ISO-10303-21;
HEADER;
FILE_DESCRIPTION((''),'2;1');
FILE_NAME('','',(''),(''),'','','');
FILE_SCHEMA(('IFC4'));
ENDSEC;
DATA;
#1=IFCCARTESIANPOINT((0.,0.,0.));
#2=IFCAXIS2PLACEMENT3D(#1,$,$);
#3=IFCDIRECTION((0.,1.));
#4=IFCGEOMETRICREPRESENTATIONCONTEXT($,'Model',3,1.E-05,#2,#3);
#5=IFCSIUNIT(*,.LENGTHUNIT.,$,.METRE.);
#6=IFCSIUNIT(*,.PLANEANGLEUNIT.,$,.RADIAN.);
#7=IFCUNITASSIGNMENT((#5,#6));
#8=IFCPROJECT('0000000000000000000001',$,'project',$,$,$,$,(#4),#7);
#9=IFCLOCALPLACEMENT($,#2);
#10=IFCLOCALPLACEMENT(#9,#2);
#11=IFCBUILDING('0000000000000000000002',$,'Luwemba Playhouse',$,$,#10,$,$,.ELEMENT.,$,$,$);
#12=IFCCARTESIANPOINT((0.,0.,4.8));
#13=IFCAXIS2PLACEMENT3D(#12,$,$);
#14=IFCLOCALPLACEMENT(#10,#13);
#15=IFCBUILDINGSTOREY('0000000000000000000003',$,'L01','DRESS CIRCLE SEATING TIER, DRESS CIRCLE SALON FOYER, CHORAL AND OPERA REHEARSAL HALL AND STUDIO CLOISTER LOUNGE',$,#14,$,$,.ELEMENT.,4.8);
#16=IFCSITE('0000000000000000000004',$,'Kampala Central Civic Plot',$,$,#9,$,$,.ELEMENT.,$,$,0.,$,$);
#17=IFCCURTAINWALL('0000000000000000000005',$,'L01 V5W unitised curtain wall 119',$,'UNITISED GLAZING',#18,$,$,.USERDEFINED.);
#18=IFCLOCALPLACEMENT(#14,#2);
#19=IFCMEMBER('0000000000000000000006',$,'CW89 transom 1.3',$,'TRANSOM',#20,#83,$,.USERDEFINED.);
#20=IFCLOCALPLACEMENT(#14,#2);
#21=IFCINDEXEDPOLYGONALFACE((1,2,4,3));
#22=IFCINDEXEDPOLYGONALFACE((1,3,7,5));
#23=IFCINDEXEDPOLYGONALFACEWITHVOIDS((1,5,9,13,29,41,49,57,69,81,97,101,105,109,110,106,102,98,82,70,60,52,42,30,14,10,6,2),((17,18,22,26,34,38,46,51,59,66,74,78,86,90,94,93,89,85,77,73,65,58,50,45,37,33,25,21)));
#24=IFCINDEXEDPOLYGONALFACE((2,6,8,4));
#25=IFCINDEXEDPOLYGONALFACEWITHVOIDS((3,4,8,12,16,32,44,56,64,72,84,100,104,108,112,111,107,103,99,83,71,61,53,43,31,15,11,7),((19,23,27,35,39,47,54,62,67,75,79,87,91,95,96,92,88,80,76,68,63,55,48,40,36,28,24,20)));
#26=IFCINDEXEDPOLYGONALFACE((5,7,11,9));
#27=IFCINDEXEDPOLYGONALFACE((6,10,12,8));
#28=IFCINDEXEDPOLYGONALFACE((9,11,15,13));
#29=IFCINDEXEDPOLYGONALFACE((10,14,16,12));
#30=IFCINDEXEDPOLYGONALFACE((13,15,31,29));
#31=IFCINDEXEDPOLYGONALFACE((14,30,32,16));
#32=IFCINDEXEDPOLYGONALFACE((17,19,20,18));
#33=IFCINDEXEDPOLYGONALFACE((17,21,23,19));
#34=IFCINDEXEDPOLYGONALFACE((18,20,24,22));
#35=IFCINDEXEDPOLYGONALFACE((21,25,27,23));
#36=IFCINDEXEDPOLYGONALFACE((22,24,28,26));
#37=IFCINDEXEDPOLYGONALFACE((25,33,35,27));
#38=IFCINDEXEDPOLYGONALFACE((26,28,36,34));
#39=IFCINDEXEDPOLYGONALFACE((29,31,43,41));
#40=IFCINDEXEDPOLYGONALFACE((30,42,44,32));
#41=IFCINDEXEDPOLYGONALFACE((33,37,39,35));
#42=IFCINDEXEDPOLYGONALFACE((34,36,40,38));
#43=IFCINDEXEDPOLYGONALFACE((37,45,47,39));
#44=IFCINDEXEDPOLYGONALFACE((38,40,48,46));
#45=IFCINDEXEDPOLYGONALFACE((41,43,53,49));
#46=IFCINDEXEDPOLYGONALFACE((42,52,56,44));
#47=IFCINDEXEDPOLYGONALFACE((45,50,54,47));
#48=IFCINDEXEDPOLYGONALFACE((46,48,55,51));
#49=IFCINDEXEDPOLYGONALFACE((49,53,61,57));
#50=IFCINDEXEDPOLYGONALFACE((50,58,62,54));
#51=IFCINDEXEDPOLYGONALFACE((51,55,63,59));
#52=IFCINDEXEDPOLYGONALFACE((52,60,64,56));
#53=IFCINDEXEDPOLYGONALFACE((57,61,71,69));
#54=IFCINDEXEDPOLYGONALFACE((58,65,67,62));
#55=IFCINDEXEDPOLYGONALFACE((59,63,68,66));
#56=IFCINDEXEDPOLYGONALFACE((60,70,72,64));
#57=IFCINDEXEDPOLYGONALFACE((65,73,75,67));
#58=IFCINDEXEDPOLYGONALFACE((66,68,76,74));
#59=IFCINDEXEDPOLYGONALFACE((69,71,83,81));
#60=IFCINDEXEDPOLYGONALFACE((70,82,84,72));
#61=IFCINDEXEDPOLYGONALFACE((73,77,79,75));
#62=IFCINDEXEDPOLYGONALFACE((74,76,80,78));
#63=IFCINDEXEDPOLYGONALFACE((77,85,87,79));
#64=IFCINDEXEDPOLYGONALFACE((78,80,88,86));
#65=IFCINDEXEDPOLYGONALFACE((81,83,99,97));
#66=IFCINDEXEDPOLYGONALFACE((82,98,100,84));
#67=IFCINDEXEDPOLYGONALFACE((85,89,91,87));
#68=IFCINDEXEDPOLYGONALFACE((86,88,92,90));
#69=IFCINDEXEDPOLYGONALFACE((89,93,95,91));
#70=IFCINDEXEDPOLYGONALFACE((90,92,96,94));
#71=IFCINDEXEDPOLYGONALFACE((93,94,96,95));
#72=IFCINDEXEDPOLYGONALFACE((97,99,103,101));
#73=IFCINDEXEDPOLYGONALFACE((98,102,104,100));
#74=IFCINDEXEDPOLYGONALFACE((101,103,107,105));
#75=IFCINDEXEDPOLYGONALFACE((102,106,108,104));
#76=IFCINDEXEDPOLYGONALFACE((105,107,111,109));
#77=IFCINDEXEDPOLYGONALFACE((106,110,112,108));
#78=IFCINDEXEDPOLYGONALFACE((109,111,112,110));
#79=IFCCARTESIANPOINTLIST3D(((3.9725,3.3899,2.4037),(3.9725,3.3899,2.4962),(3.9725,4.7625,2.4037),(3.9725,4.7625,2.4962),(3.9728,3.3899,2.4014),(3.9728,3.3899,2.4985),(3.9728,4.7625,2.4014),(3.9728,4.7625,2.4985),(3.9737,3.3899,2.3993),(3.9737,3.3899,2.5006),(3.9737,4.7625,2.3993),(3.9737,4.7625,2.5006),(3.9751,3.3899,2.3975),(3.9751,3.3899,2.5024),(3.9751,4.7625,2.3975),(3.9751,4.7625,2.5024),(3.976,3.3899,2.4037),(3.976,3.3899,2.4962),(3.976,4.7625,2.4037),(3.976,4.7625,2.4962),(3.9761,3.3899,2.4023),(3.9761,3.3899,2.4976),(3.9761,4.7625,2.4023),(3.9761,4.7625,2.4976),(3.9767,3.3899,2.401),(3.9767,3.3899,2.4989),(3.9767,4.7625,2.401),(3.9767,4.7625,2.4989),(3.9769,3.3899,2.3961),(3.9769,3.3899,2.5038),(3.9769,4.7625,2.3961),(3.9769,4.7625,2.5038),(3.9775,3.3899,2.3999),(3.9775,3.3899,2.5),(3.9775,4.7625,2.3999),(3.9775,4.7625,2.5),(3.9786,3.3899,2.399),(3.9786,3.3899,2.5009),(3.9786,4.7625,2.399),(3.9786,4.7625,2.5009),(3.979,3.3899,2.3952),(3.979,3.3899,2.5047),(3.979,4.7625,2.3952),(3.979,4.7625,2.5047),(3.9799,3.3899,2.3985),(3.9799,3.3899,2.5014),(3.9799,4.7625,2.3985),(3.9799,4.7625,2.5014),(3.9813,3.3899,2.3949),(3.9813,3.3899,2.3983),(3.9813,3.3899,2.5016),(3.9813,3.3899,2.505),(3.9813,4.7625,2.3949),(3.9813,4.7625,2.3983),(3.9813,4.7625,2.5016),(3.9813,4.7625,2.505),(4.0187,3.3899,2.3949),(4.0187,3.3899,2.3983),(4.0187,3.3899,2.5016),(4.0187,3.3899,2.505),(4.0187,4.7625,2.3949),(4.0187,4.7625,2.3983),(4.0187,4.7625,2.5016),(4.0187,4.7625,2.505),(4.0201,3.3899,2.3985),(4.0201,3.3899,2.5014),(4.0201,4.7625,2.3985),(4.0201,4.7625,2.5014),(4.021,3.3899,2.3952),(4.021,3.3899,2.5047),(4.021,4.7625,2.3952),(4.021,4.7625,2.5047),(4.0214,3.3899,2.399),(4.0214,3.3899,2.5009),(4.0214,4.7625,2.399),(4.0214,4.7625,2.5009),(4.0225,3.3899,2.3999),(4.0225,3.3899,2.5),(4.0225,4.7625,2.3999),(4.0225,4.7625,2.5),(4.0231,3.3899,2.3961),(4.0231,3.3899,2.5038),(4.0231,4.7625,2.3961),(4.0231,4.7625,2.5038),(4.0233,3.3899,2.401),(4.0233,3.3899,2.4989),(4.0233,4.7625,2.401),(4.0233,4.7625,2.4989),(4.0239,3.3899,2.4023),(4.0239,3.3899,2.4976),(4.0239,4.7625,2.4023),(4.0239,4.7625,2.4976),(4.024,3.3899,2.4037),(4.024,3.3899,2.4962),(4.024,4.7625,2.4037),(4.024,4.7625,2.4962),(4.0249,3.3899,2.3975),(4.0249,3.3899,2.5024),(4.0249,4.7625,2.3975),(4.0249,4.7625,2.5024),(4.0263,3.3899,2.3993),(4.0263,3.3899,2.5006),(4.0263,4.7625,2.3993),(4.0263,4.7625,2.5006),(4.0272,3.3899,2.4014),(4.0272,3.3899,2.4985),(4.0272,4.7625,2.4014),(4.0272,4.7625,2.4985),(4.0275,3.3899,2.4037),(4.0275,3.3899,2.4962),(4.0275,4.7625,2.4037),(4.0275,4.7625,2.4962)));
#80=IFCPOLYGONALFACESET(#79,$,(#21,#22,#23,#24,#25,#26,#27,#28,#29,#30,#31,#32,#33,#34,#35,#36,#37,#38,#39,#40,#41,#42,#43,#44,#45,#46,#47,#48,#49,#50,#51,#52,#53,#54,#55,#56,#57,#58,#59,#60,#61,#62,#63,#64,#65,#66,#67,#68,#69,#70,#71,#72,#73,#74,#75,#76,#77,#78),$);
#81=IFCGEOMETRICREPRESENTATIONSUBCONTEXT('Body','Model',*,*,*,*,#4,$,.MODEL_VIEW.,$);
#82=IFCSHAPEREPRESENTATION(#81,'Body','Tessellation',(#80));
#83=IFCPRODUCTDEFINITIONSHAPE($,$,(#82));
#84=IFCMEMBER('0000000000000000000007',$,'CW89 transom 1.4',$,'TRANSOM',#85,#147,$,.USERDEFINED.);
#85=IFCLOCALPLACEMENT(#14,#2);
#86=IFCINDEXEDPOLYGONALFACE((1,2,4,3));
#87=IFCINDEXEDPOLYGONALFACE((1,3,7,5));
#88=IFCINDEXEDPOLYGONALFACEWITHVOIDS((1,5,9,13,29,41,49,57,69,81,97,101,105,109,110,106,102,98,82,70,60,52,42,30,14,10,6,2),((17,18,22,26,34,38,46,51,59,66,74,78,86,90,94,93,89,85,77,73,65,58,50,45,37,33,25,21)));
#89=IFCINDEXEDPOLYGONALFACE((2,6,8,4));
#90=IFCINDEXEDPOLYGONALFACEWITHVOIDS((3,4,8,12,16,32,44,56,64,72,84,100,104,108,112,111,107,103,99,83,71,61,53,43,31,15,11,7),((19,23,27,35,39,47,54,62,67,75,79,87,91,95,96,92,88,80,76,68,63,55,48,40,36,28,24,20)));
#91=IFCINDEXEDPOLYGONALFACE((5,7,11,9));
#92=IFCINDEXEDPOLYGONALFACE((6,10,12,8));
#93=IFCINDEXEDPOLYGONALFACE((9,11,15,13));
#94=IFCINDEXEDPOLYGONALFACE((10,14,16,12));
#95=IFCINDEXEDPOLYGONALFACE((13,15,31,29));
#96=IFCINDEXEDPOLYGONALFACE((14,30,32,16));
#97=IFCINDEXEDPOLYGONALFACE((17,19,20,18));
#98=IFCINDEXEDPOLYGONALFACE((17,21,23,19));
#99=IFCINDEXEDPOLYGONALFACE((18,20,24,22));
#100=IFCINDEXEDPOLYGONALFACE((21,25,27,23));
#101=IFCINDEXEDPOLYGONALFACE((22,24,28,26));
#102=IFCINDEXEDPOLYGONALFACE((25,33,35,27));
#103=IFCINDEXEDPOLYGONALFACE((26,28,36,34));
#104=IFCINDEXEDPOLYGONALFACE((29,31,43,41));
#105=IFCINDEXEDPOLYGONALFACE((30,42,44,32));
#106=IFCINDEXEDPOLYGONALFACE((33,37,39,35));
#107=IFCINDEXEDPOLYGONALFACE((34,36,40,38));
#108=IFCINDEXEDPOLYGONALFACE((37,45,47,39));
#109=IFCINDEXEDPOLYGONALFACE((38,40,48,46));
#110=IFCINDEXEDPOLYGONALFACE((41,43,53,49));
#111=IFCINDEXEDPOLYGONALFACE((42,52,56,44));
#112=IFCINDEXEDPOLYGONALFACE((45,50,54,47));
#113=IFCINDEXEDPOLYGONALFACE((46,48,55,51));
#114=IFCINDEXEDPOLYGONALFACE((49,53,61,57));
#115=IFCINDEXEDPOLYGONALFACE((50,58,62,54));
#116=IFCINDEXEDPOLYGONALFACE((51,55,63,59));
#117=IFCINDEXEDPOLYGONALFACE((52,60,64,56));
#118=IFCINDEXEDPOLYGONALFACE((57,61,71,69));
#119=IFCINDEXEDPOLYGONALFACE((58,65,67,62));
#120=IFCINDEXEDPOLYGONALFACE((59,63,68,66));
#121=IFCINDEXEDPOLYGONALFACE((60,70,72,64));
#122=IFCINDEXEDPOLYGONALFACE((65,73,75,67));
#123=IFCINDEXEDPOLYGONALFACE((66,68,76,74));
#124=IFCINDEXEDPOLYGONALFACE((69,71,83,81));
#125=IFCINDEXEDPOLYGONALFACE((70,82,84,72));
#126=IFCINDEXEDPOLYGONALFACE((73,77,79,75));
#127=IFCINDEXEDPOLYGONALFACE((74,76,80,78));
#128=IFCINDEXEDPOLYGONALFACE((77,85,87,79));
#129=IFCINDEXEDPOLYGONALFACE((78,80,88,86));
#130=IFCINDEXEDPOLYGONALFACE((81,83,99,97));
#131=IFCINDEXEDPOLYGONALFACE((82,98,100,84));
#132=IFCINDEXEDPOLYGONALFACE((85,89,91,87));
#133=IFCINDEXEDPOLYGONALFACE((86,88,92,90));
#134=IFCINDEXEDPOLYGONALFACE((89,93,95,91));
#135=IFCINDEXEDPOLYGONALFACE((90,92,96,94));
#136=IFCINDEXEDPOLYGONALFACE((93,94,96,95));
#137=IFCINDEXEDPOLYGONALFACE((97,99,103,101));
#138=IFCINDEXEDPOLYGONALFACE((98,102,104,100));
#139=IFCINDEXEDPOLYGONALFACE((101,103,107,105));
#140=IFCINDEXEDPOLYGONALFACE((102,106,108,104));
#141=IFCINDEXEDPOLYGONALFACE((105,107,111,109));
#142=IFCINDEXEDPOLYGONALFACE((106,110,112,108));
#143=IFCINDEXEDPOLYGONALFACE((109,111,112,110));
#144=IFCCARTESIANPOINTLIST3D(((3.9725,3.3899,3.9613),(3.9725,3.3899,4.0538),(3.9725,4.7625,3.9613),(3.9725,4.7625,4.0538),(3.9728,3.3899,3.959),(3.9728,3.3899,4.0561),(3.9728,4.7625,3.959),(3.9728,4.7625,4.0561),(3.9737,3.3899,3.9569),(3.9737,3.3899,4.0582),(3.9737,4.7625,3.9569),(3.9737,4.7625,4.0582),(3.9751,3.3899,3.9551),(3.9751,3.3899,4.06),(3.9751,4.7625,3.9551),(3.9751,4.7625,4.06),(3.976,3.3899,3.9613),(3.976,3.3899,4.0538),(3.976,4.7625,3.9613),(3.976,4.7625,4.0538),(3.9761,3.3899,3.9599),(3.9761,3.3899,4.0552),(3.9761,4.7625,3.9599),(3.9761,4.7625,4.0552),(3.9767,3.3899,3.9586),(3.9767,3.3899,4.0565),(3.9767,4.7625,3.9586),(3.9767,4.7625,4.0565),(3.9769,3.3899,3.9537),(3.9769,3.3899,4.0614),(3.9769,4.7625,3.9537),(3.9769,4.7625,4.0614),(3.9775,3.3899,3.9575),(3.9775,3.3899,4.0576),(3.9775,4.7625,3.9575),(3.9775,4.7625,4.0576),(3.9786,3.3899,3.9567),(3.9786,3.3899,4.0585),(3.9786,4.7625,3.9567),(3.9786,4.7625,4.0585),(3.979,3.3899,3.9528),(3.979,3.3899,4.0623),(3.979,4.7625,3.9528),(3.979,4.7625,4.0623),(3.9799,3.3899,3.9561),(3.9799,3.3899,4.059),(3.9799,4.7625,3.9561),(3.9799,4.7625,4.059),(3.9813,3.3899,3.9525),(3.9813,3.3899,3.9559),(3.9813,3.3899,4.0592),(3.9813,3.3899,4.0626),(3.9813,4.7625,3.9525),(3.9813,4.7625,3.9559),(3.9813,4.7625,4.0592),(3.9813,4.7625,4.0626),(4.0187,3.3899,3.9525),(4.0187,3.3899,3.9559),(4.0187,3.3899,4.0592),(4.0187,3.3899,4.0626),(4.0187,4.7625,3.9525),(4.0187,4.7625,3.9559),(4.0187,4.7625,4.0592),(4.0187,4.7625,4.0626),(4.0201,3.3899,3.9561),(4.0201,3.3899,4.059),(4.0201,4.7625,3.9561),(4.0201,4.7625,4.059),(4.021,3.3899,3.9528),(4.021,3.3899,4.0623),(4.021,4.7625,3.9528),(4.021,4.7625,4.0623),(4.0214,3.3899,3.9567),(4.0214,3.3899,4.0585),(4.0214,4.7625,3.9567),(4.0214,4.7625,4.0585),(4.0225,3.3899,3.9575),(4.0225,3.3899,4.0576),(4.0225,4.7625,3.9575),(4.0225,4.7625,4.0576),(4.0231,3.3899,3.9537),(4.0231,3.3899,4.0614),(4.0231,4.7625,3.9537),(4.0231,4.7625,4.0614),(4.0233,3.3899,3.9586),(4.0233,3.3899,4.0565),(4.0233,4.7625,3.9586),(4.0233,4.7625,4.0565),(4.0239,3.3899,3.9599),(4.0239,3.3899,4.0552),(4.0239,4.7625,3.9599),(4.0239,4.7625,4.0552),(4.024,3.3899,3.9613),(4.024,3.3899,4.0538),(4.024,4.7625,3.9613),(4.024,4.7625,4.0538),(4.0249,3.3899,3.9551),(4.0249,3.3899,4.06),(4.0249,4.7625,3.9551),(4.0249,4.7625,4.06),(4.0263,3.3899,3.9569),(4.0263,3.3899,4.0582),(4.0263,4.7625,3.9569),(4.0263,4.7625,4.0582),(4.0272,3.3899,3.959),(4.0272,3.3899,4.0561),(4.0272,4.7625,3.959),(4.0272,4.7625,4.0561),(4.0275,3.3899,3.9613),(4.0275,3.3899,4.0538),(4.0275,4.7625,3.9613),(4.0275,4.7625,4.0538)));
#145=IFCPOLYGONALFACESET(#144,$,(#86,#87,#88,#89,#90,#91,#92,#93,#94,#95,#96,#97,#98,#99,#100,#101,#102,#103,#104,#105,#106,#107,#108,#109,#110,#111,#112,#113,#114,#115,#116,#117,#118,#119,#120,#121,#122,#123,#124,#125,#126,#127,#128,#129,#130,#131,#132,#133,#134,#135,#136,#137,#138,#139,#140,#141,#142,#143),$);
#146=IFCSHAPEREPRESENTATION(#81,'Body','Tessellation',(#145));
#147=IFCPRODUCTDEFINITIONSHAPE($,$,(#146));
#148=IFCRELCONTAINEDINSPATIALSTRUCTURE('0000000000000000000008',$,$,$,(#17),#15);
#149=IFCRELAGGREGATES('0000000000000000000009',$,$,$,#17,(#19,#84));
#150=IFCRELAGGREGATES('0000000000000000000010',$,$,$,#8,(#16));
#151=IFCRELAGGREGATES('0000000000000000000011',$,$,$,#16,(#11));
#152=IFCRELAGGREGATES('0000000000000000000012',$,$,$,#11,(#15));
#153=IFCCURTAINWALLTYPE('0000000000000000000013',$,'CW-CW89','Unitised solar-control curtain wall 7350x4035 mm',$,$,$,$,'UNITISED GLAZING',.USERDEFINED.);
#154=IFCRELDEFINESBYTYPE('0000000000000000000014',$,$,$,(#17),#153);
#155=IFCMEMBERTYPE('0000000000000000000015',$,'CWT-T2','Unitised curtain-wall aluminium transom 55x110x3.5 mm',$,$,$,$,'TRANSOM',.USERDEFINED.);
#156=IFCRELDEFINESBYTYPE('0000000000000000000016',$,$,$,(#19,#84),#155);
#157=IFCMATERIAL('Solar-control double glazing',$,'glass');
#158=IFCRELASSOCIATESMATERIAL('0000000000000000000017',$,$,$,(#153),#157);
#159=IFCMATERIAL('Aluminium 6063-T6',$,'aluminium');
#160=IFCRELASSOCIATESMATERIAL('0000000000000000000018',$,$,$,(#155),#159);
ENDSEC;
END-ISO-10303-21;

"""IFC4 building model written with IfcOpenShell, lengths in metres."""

from ifc_helpers import new_model, si_unit, direction, frame, origin, origin_2d, place, context, subcontext, project, spatial, hollow_rectangle, extrude, material, material_profile, profile_set, type_object, element, aggregate, save


model = new_model("IFC4")

# Units and contexts
model_context = context("Model", 3, precision=1e-05, world=origin(), true_north=direction((0.0, 1.0)))
body_context = subcontext(model_context, "Body", "Model", "MODEL_VIEW")
ifc_project = project(units=[si_unit("LENGTHUNIT", "METRE"), si_unit("PLANEANGLEUNIT", "RADIAN")], contexts=[model_context])

# Site, building, storey
site_placement = place(None, origin())
site = spatial("IfcSite", under=ifc_project, at=site_placement, Name="Kampala Central Civic Plot", CompositionType="ELEMENT", RefElevation=0.0)
building_placement = place(site_placement, origin())
building = spatial("IfcBuilding", under=site, at=building_placement, Name="Luwemba Playhouse", CompositionType="ELEMENT")
storey_placement = place(building_placement, frame((0.0, 0.0, 4.8)))
storey = spatial("IfcBuildingStorey", under=building, at=storey_placement, Name="L01", Description="DRESS CIRCLE SEATING TIER, DRESS CIRCLE SALON FOYER, CHORAL AND OPERA REHEARSAL HALL AND STUDIO CLOISTER LOUNGE", CompositionType="ELEMENT", Elevation=4.8)

# Curtain wall
ifc_material_1 = material(Name="Solar-control double glazing", Category="glass")
curtain_wall_type_1 = type_object("IfcCurtainWallType", Name="CW-CW89", Description="Unitised solar-control curtain wall 7350x4035 mm", ElementType="UNITISED GLAZING", PredefinedType="USERDEFINED", material=ifc_material_1)
curtain_wall_1_placement = place(storey_placement, origin())
curtain_wall_1 = element("IfcCurtainWall", 1, at=curtain_wall_1_placement, inside=storey, type_object=curtain_wall_type_1, Name="L01 V5W unitised curtain wall 119", ObjectType="UNITISED GLAZING", PredefinedType="USERDEFINED")
ifc_material_2 = material(Name="Aluminium 6063-T6", Category="aluminium")

# Members
ifc_material_profile_1 = material_profile(ifc_material_2, hollow_rectangle(XDim=0.0549, YDim=0.1101, WallThickness=0.0034, InnerFilletRadius=0.0054, OuterFilletRadius=0.0088, at=origin_2d()))
ifc_profile_set_1 = profile_set([ifc_material_profile_1], Name="Aluminium 6063-T6")
member_type_1 = type_object("IfcMemberType", Name="CWT-T2", Description="Unitised curtain-wall aluminium transom 55x110x3.5 mm", ElementType="TRANSOM", PredefinedType="USERDEFINED", material=ifc_profile_set_1)
member_1_placement = place(storey_placement, frame((4.0, 3.3899, 2.45), z_axis=(0.0, 1.0, 0.0), x_axis=(-1.0, 0.0, 0.0)))
member_1 = element("IfcMember", 2, at=member_1_placement, type_object=member_type_1, Name="CW89 transom 1.3", ObjectType="TRANSOM", PredefinedType="USERDEFINED", context=body_context, shape_type="SweptSolid", body=[
    extrude(hollow_rectangle(XDim=0.0549, YDim=0.1101, WallThickness=0.0034, InnerFilletRadius=0.0054, OuterFilletRadius=0.0088, at=origin_2d()), origin(), (0.0, 0.0, 1.0), 1.3726),
])
member_2_placement = place(storey_placement, frame((4.0, 3.3899, 4.0076), z_axis=(0.0, 1.0, 0.0), x_axis=(-1.0, 0.0, 0.0)))
member_2 = element("IfcMember", 3, at=member_2_placement, type_object=member_type_1, Name="CW89 transom 1.4", ObjectType="TRANSOM", PredefinedType="USERDEFINED", context=body_context, shape_type="SweptSolid", body=[
    extrude(hollow_rectangle(XDim=0.0549, YDim=0.1101, WallThickness=0.0034, InnerFilletRadius=0.0054, OuterFilletRadius=0.0088, at=origin_2d()), origin(), (0.0, 0.0, 1.0), 1.3726),
])

aggregate(curtain_wall_1, [member_1, member_2])

save(model, "model.ifc")
